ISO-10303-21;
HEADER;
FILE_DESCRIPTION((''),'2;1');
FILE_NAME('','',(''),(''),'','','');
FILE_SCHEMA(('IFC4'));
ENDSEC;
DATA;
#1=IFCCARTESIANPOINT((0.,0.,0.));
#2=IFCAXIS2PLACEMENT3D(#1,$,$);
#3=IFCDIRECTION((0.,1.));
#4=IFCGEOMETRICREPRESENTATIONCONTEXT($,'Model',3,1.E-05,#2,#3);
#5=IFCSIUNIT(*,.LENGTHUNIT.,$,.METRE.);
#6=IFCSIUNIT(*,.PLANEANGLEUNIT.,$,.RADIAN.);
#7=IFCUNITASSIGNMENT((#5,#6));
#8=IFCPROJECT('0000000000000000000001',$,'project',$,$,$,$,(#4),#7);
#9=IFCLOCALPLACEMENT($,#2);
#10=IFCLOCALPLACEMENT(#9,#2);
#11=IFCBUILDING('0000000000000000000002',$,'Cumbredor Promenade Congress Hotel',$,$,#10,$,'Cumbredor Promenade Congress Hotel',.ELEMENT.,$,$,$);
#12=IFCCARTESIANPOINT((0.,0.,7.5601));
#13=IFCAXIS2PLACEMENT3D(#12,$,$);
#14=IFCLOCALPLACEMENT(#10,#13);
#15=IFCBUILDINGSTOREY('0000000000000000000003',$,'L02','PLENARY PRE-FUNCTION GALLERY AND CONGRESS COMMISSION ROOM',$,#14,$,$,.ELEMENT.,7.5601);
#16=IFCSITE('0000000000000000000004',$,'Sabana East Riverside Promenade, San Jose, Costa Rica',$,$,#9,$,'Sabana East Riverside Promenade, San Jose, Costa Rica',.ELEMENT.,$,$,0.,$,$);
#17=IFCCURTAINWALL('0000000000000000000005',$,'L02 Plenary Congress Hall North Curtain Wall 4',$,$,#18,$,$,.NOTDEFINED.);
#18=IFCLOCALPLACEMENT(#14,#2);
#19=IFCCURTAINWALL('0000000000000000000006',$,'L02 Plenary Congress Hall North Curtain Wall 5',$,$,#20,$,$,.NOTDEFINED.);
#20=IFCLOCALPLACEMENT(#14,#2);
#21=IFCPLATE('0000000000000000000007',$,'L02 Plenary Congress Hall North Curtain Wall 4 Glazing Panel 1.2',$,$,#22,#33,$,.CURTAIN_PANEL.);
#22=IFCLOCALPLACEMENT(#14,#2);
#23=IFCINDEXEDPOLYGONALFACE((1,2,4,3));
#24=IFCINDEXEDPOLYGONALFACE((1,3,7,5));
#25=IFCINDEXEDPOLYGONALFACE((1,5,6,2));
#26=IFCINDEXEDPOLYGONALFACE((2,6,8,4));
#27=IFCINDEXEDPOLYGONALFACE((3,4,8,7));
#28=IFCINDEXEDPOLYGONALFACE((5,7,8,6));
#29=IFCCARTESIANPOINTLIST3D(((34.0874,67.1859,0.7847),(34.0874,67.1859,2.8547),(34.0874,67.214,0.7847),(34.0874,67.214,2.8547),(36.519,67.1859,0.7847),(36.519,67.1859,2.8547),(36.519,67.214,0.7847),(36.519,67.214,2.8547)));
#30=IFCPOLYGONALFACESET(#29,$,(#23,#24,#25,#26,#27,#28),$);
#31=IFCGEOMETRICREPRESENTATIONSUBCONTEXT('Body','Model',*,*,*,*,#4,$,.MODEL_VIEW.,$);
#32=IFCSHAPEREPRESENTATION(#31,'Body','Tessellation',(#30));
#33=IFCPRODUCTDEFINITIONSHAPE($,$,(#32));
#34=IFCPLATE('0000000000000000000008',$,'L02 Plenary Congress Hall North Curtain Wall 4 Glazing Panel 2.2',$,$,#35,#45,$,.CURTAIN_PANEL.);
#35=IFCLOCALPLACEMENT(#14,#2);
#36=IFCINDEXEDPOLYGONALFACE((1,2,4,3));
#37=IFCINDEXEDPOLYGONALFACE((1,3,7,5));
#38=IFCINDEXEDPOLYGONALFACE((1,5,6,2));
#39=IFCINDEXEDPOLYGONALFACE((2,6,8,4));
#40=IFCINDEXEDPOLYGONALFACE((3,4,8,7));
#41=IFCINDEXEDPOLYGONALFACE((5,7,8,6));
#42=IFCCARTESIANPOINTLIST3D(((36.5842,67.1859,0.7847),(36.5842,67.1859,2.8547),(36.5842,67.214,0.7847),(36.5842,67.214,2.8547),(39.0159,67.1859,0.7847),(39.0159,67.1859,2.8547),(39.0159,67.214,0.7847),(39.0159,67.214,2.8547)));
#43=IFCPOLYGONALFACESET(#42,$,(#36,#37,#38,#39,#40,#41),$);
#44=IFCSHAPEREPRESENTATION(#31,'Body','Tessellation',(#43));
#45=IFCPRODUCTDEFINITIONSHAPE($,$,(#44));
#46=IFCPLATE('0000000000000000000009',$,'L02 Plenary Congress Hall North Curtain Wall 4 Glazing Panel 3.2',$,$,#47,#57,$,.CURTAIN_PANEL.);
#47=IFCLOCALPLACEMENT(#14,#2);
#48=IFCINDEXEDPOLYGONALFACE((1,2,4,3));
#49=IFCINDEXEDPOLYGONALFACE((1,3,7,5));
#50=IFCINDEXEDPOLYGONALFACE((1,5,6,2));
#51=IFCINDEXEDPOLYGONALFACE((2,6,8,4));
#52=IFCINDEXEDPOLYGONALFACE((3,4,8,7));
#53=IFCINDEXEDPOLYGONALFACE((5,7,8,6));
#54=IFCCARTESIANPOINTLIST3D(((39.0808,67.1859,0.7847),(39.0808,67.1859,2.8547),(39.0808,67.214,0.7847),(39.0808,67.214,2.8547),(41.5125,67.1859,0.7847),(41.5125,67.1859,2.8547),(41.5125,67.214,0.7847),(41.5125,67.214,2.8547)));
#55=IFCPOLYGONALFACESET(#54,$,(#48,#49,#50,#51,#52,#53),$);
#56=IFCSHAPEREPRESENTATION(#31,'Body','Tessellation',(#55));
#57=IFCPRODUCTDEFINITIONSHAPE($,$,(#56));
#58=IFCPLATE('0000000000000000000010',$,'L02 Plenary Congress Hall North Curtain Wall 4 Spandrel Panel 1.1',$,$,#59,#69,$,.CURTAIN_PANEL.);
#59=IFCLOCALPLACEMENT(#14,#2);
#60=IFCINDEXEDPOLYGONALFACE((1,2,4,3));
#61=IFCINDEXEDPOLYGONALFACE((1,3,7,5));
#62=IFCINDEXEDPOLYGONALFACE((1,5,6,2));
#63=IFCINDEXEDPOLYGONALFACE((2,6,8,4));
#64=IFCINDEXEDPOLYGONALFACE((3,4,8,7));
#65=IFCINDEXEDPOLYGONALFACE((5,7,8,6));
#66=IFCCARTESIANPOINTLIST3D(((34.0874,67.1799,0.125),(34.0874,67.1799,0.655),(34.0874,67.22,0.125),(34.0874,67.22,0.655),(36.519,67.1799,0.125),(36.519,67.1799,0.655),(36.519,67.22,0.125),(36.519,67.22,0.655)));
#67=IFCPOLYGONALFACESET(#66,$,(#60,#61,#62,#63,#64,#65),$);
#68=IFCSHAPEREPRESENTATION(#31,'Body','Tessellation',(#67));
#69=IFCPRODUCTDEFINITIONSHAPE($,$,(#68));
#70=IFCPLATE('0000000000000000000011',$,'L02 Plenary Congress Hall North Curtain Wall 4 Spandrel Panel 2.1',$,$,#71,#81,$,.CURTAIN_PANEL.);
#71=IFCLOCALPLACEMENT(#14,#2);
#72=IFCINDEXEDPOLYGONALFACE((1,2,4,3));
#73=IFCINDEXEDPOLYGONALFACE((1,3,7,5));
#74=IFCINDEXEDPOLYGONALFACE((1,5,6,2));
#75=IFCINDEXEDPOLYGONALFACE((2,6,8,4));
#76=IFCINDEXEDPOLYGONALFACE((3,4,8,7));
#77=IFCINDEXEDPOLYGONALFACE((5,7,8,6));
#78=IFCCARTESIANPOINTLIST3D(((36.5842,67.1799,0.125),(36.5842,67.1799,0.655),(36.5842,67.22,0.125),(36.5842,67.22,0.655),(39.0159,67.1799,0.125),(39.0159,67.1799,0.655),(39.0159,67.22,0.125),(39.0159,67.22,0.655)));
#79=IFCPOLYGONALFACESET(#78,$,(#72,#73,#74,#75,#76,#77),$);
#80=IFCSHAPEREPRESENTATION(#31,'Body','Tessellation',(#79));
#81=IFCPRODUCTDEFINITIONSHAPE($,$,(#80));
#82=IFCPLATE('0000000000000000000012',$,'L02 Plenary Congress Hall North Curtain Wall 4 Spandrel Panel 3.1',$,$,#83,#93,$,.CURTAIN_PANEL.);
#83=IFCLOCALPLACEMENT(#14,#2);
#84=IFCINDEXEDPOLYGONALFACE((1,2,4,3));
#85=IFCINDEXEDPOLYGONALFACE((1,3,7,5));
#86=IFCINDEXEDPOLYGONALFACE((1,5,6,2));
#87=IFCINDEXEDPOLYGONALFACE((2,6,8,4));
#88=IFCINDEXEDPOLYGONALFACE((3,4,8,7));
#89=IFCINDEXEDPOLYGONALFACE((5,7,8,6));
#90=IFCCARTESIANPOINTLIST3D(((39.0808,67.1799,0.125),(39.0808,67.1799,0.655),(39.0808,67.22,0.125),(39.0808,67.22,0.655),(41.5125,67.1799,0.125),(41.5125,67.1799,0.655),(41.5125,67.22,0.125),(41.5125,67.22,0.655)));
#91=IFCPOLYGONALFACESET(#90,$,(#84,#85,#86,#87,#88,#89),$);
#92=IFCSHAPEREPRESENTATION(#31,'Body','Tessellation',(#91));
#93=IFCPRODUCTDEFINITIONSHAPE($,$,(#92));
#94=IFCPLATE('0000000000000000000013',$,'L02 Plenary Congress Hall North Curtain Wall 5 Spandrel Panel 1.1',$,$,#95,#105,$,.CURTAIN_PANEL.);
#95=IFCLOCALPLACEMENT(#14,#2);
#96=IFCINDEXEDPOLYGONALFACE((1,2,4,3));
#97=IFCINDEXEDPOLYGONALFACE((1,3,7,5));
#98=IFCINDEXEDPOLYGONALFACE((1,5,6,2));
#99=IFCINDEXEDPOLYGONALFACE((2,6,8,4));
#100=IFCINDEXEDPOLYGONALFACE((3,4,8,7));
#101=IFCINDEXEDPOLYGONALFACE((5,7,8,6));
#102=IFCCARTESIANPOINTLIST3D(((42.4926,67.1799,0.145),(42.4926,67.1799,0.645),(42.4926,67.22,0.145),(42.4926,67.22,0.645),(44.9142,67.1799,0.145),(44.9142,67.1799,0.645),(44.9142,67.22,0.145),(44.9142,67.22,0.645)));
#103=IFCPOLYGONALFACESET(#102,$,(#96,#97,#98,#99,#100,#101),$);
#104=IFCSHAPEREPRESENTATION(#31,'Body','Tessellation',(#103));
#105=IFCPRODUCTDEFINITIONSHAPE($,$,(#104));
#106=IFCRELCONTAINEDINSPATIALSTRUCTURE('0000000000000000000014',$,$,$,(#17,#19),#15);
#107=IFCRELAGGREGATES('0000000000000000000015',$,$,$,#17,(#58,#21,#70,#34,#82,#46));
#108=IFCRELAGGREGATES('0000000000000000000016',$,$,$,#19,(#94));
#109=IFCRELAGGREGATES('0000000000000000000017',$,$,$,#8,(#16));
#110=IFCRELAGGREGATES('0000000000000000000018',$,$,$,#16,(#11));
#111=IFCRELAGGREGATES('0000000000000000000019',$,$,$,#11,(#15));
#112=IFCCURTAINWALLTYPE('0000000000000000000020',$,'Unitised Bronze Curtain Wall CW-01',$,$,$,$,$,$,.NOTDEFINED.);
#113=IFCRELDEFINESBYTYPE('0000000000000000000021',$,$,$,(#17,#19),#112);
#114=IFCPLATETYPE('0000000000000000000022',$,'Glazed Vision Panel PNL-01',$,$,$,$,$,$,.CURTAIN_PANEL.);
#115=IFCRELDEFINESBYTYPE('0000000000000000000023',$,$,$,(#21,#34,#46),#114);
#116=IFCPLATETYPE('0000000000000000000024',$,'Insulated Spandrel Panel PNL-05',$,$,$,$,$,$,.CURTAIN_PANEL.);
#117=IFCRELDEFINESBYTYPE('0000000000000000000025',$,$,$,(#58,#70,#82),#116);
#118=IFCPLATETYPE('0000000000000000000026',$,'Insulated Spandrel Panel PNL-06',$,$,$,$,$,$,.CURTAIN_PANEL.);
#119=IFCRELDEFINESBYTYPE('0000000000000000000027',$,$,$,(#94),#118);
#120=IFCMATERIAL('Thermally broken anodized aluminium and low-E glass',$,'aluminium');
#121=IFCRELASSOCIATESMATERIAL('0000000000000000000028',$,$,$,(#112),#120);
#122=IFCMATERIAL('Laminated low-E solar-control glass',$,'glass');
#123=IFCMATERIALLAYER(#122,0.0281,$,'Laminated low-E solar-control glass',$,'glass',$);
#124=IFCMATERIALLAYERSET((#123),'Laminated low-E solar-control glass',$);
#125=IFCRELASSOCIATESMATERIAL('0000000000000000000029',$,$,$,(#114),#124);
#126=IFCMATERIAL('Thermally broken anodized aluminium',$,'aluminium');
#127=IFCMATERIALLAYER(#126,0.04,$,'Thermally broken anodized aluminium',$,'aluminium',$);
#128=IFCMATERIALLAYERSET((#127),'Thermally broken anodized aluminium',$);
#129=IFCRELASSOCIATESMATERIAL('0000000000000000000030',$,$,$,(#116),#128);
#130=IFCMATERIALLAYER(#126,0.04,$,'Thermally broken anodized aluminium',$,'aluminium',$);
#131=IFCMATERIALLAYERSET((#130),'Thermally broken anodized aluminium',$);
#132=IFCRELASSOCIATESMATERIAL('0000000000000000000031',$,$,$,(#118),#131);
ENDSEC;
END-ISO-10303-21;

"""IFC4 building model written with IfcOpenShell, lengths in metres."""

from ifc_helpers import new_model, si_unit, direction, frame, origin, origin_2d, place, context, subcontext, project, spatial, rectangle, extrude, material, layer, layer_set, type_object, element, aggregate, save


model = new_model("IFC4")

# Units and contexts
model_context = context("Model", 3, precision=1e-05, world=origin(), true_north=direction((0.0, 1.0)))
body_context = subcontext(model_context, "Body", "Model", "MODEL_VIEW")
ifc_project = project(units=[si_unit("LENGTHUNIT", "METRE"), si_unit("PLANEANGLEUNIT", "RADIAN")], contexts=[model_context])

# Site, building, storey
site_placement = place(None, origin())
site = spatial("IfcSite", under=ifc_project, at=site_placement, Name="Sabana East Riverside Promenade, San Jose, Costa Rica", LongName="Sabana East Riverside Promenade, San Jose, Costa Rica", CompositionType="ELEMENT", RefElevation=0.0)
building_placement = place(site_placement, origin())
building = spatial("IfcBuilding", under=site, at=building_placement, Name="Cumbredor Promenade Congress Hotel", LongName="Cumbredor Promenade Congress Hotel", CompositionType="ELEMENT")
storey_placement = place(building_placement, frame((0.0, 0.0, 7.5601)))
storey = spatial("IfcBuildingStorey", under=building, at=storey_placement, Name="L02", Description="PLENARY PRE-FUNCTION GALLERY AND CONGRESS COMMISSION ROOM", CompositionType="ELEMENT", Elevation=7.5601)

# Curtain wall
ifc_material_1 = material(Name="Thermally broken anodized aluminium and low-E glass", Category="aluminium")
curtain_wall_type = type_object("IfcCurtainWallType", Name="Unitised Bronze Curtain Wall CW-01", PredefinedType="NOTDEFINED", material=ifc_material_1)
curtain_wall_1_placement = place(storey_placement, origin())
curtain_wall_1 = element("IfcCurtainWall", 1, at=curtain_wall_1_placement, inside=storey, type_object=curtain_wall_type, Name="L02 Plenary Congress Hall North Curtain Wall 4", PredefinedType="NOTDEFINED")
ifc_material_2 = material(Name="Thermally broken anodized aluminium", Category="aluminium")

# Curtain wall
curtain_wall_2_placement = place(storey_placement, origin())
curtain_wall_2 = element("IfcCurtainWall", 2, at=curtain_wall_2_placement, inside=storey, type_object=curtain_wall_type, Name="L02 Plenary Congress Hall North Curtain Wall 5", PredefinedType="NOTDEFINED")

# Plates
ifc_material_3 = material(Name="Laminated low-E solar-control glass", Category="glass")
ifc_layer_1 = layer(ifc_material_3, 0.0281, Name="Laminated low-E solar-control glass", Category="glass")
ifc_layer_set_1 = layer_set([ifc_layer_1], Name="Laminated low-E solar-control glass")
plate_type_1 = type_object("IfcPlateType", Name="Glazed Vision Panel PNL-01", PredefinedType="CURTAIN_PANEL", material=ifc_layer_set_1)
plate_1_placement = place(storey_placement, frame((35.3032, 67.2, 0.7847), z_axis=(0.0, 0.0, 1.0), x_axis=(1.0, 0.0, 0.0)))
plate_1 = element("IfcPlate", 3, at=plate_1_placement, type_object=plate_type_1, Name="L02 Plenary Congress Hall North Curtain Wall 4 Glazing Panel 1.2", PredefinedType="CURTAIN_PANEL", context=body_context, shape_type="SweptSolid", body=[
    extrude(rectangle(XDim=2.4316, YDim=0.0281, at=origin_2d()), origin(), (0.0, 0.0, 1.0), 2.0701),
])
plate_2_placement = place(storey_placement, frame((37.8, 67.2, 0.7847), z_axis=(0.0, 0.0, 1.0), x_axis=(1.0, 0.0, 0.0)))
plate_2 = element("IfcPlate", 4, at=plate_2_placement, type_object=plate_type_1, Name="L02 Plenary Congress Hall North Curtain Wall 4 Glazing Panel 2.2", PredefinedType="CURTAIN_PANEL", context=body_context, shape_type="SweptSolid", body=[
    extrude(rectangle(XDim=2.4316, YDim=0.0281, at=origin_2d()), origin(), (0.0, 0.0, 1.0), 2.0701),
])
plate_3_placement = place(storey_placement, frame((40.2966, 67.2, 0.7847), z_axis=(0.0, 0.0, 1.0), x_axis=(1.0, 0.0, 0.0)))
plate_3 = element("IfcPlate", 5, at=plate_3_placement, type_object=plate_type_1, Name="L02 Plenary Congress Hall North Curtain Wall 4 Glazing Panel 3.2", PredefinedType="CURTAIN_PANEL", context=body_context, shape_type="SweptSolid", body=[
    extrude(rectangle(XDim=2.4316, YDim=0.0281, at=origin_2d()), origin(), (0.0, 0.0, 1.0), 2.0701),
])
ifc_layer_2 = layer(ifc_material_2, 0.04, Name="Thermally broken anodized aluminium", Category="aluminium")
ifc_layer_set_2 = layer_set([ifc_layer_2], Name="Thermally broken anodized aluminium")
plate_type_2 = type_object("IfcPlateType", Name="Insulated Spandrel Panel PNL-05", PredefinedType="CURTAIN_PANEL", material=ifc_layer_set_2)
plate_4_placement = place(storey_placement, frame((35.3032, 67.2, 0.125), z_axis=(0.0, 0.0, 1.0), x_axis=(1.0, 0.0, 0.0)))
plate_4 = element("IfcPlate", 6, at=plate_4_placement, type_object=plate_type_2, Name="L02 Plenary Congress Hall North Curtain Wall 4 Spandrel Panel 1.1", PredefinedType="CURTAIN_PANEL", context=body_context, shape_type="SweptSolid", body=[
    extrude(rectangle(XDim=2.4316, YDim=0.04, at=origin_2d()), origin(), (0.0, 0.0, 1.0), 0.53),
])
plate_5_placement = place(storey_placement, frame((37.8, 67.2, 0.125), z_axis=(0.0, 0.0, 1.0), x_axis=(1.0, 0.0, 0.0)))
plate_5 = element("IfcPlate", 7, at=plate_5_placement, type_object=plate_type_2, Name="L02 Plenary Congress Hall North Curtain Wall 4 Spandrel Panel 2.1", PredefinedType="CURTAIN_PANEL", context=body_context, shape_type="SweptSolid", body=[
    extrude(rectangle(XDim=2.4316, YDim=0.04, at=origin_2d()), origin(), (0.0, 0.0, 1.0), 0.53),
])
plate_6_placement = place(storey_placement, frame((40.2966, 67.2, 0.125), z_axis=(0.0, 0.0, 1.0), x_axis=(1.0, 0.0, 0.0)))
plate_6 = element("IfcPlate", 8, at=plate_6_placement, type_object=plate_type_2, Name="L02 Plenary Congress Hall North Curtain Wall 4 Spandrel Panel 3.1", PredefinedType="CURTAIN_PANEL", context=body_context, shape_type="SweptSolid", body=[
    extrude(rectangle(XDim=2.4316, YDim=0.04, at=origin_2d()), origin(), (0.0, 0.0, 1.0), 0.53),
])
aggregate(curtain_wall_1, [plate_4, plate_1, plate_5, plate_2, plate_6, plate_3])
ifc_layer_3 = layer(ifc_material_2, 0.04, Name="Thermally broken anodized aluminium", Category="aluminium")
ifc_layer_set_3 = layer_set([ifc_layer_3], Name="Thermally broken anodized aluminium")
plate_type_3 = type_object("IfcPlateType", Name="Insulated Spandrel Panel PNL-06", PredefinedType="CURTAIN_PANEL", material=ifc_layer_set_3)
plate_7_placement = place(storey_placement, frame((43.7034, 67.2, 0.145), z_axis=(0.0, 0.0, 1.0), x_axis=(1.0, 0.0, 0.0)))
plate_7 = element("IfcPlate", 9, at=plate_7_placement, type_object=plate_type_3, Name="L02 Plenary Congress Hall North Curtain Wall 5 Spandrel Panel 1.1", PredefinedType="CURTAIN_PANEL", context=body_context, shape_type="SweptSolid", body=[
    extrude(rectangle(XDim=2.4216, YDim=0.04, at=origin_2d()), origin(), (0.0, 0.0, 1.0), 0.5),
])
aggregate(curtain_wall_2, [plate_7])

save(model, "model.ifc")
